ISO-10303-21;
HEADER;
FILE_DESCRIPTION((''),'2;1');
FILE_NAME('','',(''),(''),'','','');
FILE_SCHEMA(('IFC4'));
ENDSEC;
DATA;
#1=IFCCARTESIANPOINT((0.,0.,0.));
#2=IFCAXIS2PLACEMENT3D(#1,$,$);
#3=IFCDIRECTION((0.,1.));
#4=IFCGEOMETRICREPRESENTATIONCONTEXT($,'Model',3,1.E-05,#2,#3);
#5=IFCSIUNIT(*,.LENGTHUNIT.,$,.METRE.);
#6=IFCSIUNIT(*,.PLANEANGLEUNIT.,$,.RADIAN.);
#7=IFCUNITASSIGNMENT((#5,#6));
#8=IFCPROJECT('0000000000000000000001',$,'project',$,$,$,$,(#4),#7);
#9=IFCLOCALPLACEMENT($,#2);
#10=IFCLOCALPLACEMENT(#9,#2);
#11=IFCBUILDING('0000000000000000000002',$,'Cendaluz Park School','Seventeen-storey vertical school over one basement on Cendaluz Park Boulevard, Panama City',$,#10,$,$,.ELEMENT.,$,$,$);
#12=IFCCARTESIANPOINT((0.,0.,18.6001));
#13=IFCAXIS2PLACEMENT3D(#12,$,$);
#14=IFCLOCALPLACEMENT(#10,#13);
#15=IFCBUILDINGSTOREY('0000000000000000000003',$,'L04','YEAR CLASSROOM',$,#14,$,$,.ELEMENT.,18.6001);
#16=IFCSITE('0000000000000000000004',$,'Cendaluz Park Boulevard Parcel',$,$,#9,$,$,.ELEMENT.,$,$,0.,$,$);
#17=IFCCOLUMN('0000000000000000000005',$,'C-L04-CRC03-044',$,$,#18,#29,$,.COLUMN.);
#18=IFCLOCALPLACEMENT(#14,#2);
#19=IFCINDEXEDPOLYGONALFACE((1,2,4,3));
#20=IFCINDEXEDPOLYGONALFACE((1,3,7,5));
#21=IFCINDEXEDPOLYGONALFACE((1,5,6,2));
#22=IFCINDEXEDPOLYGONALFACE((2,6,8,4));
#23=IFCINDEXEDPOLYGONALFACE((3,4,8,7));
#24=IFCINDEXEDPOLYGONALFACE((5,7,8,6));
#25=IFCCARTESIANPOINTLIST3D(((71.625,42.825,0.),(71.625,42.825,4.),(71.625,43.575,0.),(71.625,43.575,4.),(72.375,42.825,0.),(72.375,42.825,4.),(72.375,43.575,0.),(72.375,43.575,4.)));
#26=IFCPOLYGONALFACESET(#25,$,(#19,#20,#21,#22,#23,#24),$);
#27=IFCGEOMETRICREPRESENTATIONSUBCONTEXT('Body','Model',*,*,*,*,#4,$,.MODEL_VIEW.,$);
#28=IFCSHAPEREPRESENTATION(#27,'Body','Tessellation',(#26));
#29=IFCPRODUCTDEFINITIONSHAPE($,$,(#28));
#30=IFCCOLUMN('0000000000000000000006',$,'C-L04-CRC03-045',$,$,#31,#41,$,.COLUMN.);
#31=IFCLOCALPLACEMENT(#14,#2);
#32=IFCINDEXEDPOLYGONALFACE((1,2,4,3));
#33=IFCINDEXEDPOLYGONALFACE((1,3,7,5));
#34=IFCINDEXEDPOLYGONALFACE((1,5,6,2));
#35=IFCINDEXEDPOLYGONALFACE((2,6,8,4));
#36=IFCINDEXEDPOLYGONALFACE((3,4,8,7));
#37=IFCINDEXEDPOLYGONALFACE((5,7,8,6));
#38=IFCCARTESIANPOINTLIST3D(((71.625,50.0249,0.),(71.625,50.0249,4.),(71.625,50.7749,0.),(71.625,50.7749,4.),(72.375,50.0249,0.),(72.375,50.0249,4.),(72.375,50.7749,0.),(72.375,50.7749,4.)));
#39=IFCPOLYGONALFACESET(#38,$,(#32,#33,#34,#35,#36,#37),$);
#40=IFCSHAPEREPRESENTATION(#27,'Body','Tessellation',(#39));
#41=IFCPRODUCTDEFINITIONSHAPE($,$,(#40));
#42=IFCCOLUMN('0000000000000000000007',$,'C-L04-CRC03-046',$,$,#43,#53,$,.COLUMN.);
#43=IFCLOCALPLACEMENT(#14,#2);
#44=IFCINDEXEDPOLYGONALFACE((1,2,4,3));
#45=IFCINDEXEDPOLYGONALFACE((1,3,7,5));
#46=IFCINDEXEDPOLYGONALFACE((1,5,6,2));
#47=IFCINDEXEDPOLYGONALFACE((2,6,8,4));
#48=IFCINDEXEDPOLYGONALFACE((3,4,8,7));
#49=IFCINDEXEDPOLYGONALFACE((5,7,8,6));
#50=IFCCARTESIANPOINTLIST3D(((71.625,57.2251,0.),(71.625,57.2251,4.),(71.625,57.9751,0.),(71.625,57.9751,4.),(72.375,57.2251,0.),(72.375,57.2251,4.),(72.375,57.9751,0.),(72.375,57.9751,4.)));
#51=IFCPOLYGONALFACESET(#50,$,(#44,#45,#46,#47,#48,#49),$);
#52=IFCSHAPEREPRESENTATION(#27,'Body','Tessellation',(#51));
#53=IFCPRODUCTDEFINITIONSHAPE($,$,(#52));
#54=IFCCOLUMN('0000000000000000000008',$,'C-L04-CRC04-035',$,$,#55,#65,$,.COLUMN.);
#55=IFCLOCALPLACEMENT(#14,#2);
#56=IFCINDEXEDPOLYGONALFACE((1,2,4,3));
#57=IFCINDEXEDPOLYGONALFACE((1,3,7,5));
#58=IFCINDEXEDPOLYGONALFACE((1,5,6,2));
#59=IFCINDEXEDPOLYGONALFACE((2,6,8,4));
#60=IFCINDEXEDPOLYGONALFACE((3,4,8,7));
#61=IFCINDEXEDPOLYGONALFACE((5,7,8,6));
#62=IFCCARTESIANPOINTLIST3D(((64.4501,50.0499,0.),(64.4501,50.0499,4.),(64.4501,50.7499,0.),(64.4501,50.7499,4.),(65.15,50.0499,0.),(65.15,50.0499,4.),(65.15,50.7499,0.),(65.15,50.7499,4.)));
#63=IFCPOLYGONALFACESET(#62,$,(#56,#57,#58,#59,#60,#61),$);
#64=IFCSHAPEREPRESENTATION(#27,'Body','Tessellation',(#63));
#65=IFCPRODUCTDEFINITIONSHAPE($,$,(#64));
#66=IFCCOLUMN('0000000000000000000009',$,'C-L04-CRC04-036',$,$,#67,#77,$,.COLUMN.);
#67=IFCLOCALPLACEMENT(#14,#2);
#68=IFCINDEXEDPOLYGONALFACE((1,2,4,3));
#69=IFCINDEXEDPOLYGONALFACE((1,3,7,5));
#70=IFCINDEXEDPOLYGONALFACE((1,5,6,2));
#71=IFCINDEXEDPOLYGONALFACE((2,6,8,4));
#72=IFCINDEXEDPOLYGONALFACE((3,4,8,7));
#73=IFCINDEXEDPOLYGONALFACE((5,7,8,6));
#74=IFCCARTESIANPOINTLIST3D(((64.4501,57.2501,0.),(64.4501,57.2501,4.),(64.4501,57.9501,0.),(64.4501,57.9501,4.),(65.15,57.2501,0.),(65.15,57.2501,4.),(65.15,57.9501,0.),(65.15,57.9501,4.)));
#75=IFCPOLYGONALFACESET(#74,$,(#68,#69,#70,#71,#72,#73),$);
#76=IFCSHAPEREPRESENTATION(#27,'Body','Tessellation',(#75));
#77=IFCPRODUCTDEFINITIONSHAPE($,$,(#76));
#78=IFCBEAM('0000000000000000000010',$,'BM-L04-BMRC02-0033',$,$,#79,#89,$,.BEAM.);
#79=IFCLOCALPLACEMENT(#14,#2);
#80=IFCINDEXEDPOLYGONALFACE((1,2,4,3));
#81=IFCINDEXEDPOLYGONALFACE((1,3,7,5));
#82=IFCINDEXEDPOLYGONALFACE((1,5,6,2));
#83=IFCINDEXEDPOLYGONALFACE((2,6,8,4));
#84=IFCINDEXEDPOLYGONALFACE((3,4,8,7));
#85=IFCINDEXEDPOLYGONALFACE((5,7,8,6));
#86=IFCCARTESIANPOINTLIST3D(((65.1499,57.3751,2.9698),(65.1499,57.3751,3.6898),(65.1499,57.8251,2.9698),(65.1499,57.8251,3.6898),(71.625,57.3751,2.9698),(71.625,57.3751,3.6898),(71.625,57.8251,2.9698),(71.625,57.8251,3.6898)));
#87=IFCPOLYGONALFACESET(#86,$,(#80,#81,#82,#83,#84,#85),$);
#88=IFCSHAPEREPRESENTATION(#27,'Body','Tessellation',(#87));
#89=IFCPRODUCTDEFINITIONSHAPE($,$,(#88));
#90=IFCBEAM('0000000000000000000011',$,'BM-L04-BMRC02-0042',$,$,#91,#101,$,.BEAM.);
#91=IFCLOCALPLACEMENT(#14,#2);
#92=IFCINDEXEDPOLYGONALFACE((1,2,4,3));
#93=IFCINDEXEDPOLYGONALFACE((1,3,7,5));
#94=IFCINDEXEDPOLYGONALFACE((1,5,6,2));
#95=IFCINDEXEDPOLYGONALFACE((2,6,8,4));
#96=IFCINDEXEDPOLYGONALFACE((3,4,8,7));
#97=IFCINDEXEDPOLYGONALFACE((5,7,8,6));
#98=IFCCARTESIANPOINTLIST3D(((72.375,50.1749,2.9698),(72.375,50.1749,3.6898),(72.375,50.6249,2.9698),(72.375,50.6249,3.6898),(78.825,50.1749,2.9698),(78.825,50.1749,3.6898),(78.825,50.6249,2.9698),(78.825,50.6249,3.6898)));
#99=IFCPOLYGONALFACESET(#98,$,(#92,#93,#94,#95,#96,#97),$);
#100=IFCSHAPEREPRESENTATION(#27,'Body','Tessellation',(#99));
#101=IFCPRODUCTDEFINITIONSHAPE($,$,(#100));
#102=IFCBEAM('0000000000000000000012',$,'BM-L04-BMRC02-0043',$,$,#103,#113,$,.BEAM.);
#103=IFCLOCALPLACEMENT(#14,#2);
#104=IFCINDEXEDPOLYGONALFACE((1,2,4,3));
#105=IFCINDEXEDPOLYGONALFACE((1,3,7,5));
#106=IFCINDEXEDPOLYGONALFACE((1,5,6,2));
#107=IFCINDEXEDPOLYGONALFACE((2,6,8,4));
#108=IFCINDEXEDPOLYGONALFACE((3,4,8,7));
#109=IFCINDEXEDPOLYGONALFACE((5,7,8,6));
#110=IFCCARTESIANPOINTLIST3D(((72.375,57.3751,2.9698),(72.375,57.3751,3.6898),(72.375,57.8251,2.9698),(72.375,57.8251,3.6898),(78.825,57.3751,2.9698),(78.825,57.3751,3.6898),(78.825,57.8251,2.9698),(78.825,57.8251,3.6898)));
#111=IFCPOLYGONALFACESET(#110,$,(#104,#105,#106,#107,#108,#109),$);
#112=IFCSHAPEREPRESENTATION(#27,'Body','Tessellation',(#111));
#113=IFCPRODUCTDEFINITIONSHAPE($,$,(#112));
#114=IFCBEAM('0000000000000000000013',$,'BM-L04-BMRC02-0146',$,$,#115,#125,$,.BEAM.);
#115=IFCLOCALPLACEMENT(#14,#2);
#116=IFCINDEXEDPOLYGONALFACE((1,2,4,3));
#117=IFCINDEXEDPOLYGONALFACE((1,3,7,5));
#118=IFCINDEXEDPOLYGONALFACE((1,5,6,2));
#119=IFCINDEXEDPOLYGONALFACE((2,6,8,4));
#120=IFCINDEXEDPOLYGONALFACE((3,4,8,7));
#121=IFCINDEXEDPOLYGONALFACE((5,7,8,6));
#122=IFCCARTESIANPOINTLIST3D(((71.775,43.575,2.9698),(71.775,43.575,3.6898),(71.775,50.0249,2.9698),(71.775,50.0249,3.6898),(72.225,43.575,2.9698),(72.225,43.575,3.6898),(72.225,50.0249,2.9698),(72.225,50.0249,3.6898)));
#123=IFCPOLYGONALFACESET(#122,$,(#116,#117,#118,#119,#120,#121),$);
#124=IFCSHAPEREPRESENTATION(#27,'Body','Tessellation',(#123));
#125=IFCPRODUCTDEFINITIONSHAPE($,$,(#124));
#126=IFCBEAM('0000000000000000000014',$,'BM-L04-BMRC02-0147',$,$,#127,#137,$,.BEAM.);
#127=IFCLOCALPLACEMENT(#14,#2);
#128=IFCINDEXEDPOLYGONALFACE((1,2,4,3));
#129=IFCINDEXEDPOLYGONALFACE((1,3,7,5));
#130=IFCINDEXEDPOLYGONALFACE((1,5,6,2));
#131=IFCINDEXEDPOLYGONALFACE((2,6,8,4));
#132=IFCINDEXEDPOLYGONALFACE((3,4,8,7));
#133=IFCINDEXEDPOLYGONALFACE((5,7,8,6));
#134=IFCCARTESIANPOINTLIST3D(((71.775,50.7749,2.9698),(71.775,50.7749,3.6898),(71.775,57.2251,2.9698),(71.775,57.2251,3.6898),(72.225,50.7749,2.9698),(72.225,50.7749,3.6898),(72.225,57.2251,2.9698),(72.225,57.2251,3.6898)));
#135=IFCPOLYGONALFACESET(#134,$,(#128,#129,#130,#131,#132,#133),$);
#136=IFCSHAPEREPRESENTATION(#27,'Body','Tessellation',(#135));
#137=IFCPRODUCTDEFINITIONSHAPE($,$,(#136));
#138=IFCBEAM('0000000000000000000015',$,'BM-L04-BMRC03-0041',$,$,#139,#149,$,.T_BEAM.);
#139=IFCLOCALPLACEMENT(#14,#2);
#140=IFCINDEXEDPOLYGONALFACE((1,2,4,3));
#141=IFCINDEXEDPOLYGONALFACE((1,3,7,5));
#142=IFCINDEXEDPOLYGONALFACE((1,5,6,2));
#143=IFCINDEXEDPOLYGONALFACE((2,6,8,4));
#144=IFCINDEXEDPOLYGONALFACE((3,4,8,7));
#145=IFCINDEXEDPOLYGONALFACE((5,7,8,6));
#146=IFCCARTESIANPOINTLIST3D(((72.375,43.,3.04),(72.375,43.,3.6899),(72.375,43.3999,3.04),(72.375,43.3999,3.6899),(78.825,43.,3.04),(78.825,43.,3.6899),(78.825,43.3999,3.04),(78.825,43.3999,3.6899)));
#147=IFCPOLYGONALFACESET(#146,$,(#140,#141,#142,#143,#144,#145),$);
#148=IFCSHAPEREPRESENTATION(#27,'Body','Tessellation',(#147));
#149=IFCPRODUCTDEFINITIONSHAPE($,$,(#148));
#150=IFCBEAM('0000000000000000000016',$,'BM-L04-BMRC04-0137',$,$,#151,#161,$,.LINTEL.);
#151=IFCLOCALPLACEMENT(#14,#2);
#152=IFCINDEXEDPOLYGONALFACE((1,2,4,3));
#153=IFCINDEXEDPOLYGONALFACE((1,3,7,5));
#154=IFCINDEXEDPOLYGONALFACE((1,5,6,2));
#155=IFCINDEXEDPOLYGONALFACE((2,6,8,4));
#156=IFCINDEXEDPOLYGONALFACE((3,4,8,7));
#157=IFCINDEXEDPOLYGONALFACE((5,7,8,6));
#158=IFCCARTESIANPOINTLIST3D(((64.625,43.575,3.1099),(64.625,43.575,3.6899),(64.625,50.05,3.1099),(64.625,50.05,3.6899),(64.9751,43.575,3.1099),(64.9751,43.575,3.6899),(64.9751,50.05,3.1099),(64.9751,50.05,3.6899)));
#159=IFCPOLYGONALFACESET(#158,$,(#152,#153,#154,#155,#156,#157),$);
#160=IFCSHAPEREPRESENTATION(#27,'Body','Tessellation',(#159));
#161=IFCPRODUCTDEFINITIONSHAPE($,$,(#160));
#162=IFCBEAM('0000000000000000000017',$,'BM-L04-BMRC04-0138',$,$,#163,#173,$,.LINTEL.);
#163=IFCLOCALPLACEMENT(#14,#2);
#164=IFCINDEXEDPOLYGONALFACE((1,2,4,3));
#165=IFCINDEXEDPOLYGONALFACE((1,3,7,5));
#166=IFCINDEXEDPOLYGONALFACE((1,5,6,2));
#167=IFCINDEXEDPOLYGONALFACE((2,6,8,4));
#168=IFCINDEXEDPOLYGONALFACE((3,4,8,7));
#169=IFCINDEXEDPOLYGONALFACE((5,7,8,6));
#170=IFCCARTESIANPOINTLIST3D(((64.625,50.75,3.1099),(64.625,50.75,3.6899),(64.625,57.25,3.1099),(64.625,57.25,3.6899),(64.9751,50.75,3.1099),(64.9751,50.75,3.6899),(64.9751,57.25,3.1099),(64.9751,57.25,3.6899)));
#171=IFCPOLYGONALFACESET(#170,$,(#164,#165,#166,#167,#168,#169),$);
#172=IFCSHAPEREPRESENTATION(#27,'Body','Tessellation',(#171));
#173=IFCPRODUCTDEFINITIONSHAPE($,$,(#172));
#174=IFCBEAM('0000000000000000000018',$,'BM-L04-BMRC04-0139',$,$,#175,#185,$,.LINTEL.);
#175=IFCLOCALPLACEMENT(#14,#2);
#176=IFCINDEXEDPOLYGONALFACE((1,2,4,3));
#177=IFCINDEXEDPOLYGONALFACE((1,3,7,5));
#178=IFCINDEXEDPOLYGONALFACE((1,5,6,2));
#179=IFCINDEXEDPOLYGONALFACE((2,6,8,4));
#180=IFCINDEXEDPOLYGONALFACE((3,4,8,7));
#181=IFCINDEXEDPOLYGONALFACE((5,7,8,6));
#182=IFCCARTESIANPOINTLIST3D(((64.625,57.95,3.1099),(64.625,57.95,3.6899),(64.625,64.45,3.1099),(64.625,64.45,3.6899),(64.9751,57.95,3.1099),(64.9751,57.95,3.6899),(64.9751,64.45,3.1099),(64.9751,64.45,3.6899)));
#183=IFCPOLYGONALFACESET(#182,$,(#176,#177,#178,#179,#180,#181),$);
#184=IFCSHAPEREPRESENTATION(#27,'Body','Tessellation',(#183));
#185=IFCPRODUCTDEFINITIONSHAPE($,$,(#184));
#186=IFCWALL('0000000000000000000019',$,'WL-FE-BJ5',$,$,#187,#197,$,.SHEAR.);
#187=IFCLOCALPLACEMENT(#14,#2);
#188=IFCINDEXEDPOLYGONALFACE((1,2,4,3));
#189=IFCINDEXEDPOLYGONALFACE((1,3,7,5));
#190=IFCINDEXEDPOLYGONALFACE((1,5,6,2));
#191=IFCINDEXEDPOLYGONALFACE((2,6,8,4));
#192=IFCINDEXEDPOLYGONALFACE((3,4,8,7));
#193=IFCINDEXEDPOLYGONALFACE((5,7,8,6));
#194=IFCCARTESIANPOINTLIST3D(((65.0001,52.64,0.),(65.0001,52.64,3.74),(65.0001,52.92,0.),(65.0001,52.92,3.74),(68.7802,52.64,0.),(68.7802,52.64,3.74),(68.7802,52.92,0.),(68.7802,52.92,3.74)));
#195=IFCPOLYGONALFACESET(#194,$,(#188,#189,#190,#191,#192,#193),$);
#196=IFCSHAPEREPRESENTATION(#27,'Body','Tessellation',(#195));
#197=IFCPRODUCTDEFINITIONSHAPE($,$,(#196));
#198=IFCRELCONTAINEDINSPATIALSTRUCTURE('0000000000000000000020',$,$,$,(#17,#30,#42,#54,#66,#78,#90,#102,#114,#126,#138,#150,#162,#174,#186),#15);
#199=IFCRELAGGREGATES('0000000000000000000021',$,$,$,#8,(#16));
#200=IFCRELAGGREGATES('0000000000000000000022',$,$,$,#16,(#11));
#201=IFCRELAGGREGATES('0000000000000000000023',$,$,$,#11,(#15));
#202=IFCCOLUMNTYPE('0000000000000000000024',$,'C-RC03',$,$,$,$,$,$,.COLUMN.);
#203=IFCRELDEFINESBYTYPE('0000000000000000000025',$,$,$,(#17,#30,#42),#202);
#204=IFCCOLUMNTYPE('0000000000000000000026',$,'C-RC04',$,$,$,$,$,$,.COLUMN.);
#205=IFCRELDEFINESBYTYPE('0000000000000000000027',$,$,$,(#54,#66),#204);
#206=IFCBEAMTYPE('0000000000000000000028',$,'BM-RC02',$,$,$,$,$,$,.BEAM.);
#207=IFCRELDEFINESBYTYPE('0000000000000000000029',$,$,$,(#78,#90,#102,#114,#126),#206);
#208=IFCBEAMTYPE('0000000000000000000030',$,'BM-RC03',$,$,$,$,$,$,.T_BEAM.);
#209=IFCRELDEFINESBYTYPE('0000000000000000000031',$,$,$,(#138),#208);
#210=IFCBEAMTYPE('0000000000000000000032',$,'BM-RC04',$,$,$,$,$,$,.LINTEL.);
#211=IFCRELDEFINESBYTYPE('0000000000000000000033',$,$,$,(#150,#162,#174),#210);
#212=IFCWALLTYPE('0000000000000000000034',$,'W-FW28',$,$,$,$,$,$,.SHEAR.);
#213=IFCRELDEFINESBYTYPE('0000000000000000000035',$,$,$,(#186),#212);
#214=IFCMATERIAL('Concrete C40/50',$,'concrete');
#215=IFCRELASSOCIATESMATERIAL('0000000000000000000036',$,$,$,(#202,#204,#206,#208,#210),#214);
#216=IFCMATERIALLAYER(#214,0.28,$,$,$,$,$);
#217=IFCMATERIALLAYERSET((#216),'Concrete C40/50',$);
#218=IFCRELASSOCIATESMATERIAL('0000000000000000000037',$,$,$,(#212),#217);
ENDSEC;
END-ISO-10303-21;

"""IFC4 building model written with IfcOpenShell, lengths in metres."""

from ifc_helpers import new_model, si_unit, direction, frame, frame_2d, origin, origin_2d, place, context, subcontext, project, spatial, rectangle, extrude, material, layer, layer_set, material_profile, profile_set, type_object, element, save


model = new_model("IFC4")

# Units and contexts
model_context = context("Model", 3, precision=1e-05, world=origin(), true_north=direction((0.0, 1.0)))
body_context = subcontext(model_context, "Body", "Model", "MODEL_VIEW")
ifc_project = project(units=[si_unit("LENGTHUNIT", "METRE"), si_unit("PLANEANGLEUNIT", "RADIAN")], contexts=[model_context])

# Site, building, storey
site_placement = place(None, origin())
site = spatial("IfcSite", under=ifc_project, at=site_placement, Name="Cendaluz Park Boulevard Parcel", CompositionType="ELEMENT", RefElevation=0.0)
building_placement = place(site_placement, origin())
building = spatial("IfcBuilding", under=site, at=building_placement, Name="Cendaluz Park School", Description="Seventeen-storey vertical school over one basement on Cendaluz Park Boulevard, Panama City", CompositionType="ELEMENT")
storey_placement = place(building_placement, frame((0.0, 0.0, 18.6001)))
storey = spatial("IfcBuildingStorey", under=building, at=storey_placement, Name="L04", Description="YEAR CLASSROOM", CompositionType="ELEMENT", Elevation=18.6001)

# Columns
ifc_material_1 = material(Name="Concrete C40/50", Category="concrete")
ifc_material_profile_1 = material_profile(ifc_material_1, rectangle(XDim=0.75, YDim=0.75, at=origin_2d()), Name="RC 750x750", Category="concrete")
ifc_profile_set_1 = profile_set([ifc_material_profile_1], Name="Concrete C40/50")
column_type_1 = type_object("IfcColumnType", Name="C-RC03", PredefinedType="COLUMN", material=ifc_profile_set_1)
for number, where, z_axis, x_axis, name in (
    (1, (72.0, 43.2, 0.0), (0.0, 0.0, 1.0), (1.0, 0.0, 0.0), "C-L04-CRC03-044"),
    (2, (72.0, 50.3999, 0.0), (0.0, 0.0, 1.0), (1.0, 0.0, 0.0), "C-L04-CRC03-045"),
    (3, (72.0, 57.6001, 0.0), (0.0, 0.0, 1.0), (1.0, 0.0, 0.0), "C-L04-CRC03-046"),
):
    element("IfcColumn", number, at=place(storey_placement, frame(where, z_axis=z_axis, x_axis=x_axis)), inside=storey, type_object=column_type_1, Name=name, PredefinedType="COLUMN", context=body_context, shape_type="SweptSolid", body=[
        extrude(rectangle(XDim=0.75, YDim=0.75, at=origin_2d()), origin(), (0.0, 0.0, 1.0), 4.0),
    ])
ifc_material_profile_2 = material_profile(ifc_material_1, rectangle(XDim=0.7, YDim=0.7, at=origin_2d()), Name="RC 700x700", Category="concrete")
ifc_profile_set_2 = profile_set([ifc_material_profile_2], Name="Concrete C40/50")
column_type_2 = type_object("IfcColumnType", Name="C-RC04", PredefinedType="COLUMN", material=ifc_profile_set_2)
for number, where, z_axis, x_axis, name in (
    (4, (64.8, 50.3999, 0.0), (0.0, 0.0, 1.0), (1.0, 0.0, 0.0), "C-L04-CRC04-035"),
    (5, (64.8, 57.6001, 0.0), (0.0, 0.0, 1.0), (1.0, 0.0, 0.0), "C-L04-CRC04-036"),
):
    element("IfcColumn", number, at=place(storey_placement, frame(where, z_axis=z_axis, x_axis=x_axis)), inside=storey, type_object=column_type_2, Name=name, PredefinedType="COLUMN", context=body_context, shape_type="SweptSolid", body=[
        extrude(rectangle(XDim=0.7, YDim=0.7, at=origin_2d()), origin(), (0.0, 0.0, 1.0), 4.0),
    ])

# Beams
ifc_material_profile_3 = material_profile(ifc_material_1, rectangle(XDim=0.45, YDim=0.72, at=origin_2d()), Name="RC 450x720", Category="concrete")
ifc_profile_set_3 = profile_set([ifc_material_profile_3], Name="Concrete C40/50")
beam_type_1 = type_object("IfcBeamType", Name="BM-RC02", PredefinedType="BEAM", material=ifc_profile_set_3)
beam_1_placement = place(storey_placement, frame((65.1499, 57.6001, 3.3298), z_axis=(1.0, 0.0, 0.0), x_axis=(0.0, 1.0, 0.0)))
element("IfcBeam", 6, at=beam_1_placement, inside=storey, type_object=beam_type_1, Name="BM-L04-BMRC02-0033", PredefinedType="BEAM", context=body_context, shape_type="SweptSolid", body=[
    extrude(rectangle(XDim=0.45, YDim=0.72, at=origin_2d()), origin(), (0.0, 0.0, 1.0), 6.4751),
])
for number, where, z_axis, x_axis, name in (
    (7, (72.375, 50.3999, 3.3298), (1.0, 0.0, 0.0), (0.0, 1.0, 0.0), "BM-L04-BMRC02-0042"),
    (8, (72.375, 57.6001, 3.3298), (1.0, 0.0, 0.0), (0.0, 1.0, 0.0), "BM-L04-BMRC02-0043"),
    (9, (72.0, 43.575, 3.3298), (0.0, 1.0, 0.0), (-1.0, 0.0, 0.0), "BM-L04-BMRC02-0146"),
):
    element("IfcBeam", number, at=place(storey_placement, frame(where, z_axis=z_axis, x_axis=x_axis)), inside=storey, type_object=beam_type_1, Name=name, PredefinedType="BEAM", context=body_context, shape_type="SweptSolid", body=[
        extrude(rectangle(XDim=0.45, YDim=0.72, at=origin_2d()), origin(), (0.0, 0.0, 1.0), 6.45),
    ])
beam_2_placement = place(storey_placement, frame((72.0, 50.7749, 3.3298), z_axis=(0.0, 1.0, 0.0), x_axis=(-1.0, 0.0, 0.0)))
element("IfcBeam", 10, at=beam_2_placement, inside=storey, type_object=beam_type_1, Name="BM-L04-BMRC02-0147", PredefinedType="BEAM", context=body_context, shape_type="SweptSolid", body=[
    extrude(rectangle(XDim=0.45, YDim=0.72, at=origin_2d()), origin(), (0.0, 0.0, 1.0), 6.4502),
])
ifc_material_profile_4 = material_profile(ifc_material_1, rectangle(XDim=0.3999, YDim=0.6499, at=origin_2d()), Name="RC 400x650", Category="concrete")
ifc_profile_set_4 = profile_set([ifc_material_profile_4], Name="Concrete C40/50")
beam_type_2 = type_object("IfcBeamType", Name="BM-RC03", PredefinedType="T_BEAM", material=ifc_profile_set_4)
beam_3_placement = place(storey_placement, frame((72.375, 43.2, 3.365), z_axis=(1.0, 0.0, 0.0), x_axis=(0.0, 1.0, 0.0)))
element("IfcBeam", 11, at=beam_3_placement, inside=storey, type_object=beam_type_2, Name="BM-L04-BMRC03-0041", PredefinedType="T_BEAM", context=body_context, shape_type="SweptSolid", body=[
    extrude(rectangle(XDim=0.3999, YDim=0.6499, at=origin_2d()), origin(), (0.0, 0.0, 1.0), 6.45),
])
ifc_material_profile_5 = material_profile(ifc_material_1, rectangle(XDim=0.3501, YDim=0.5801, at=origin_2d()), Name="RC 350x580", Category="concrete")
ifc_profile_set_5 = profile_set([ifc_material_profile_5], Name="Concrete C40/50")
beam_type_3 = type_object("IfcBeamType", Name="BM-RC04", PredefinedType="LINTEL", material=ifc_profile_set_5)
beam_4_placement = place(storey_placement, frame((64.8, 43.575, 3.3999), z_axis=(0.0, 1.0, 0.0), x_axis=(-1.0, 0.0, 0.0)))
element("IfcBeam", 12, at=beam_4_placement, inside=storey, type_object=beam_type_3, Name="BM-L04-BMRC04-0137", PredefinedType="LINTEL", context=body_context, shape_type="SweptSolid", body=[
    extrude(rectangle(XDim=0.3501, YDim=0.5801, at=origin_2d()), origin(), (0.0, 0.0, 1.0), 6.4751),
])
for number, where, z_axis, x_axis, name in (
    (13, (64.8, 50.75, 3.3999), (0.0, 1.0, 0.0), (-1.0, 0.0, 0.0), "BM-L04-BMRC04-0138"),
    (14, (64.8, 57.95, 3.3999), (0.0, 1.0, 0.0), (-1.0, 0.0, 0.0), "BM-L04-BMRC04-0139"),
):
    element("IfcBeam", number, at=place(storey_placement, frame(where, z_axis=z_axis, x_axis=x_axis)), inside=storey, type_object=beam_type_3, Name=name, PredefinedType="LINTEL", context=body_context, shape_type="SweptSolid", body=[
        extrude(rectangle(XDim=0.3501, YDim=0.5801, at=origin_2d()), origin(), (0.0, 0.0, 1.0), 6.5),
    ])

# Shared definitions
ifc_layer_1 = layer(ifc_material_1, 0.28)
ifc_layer_set_1 = layer_set([ifc_layer_1], Name="Concrete C40/50")
wall_type_1 = type_object("IfcWallType", Name="W-FW28", PredefinedType="SHEAR", material=ifc_layer_set_1)

# Wall
wall_1_placement = place(storey_placement, frame((65.0, 52.78, 0.0), z_axis=(0.0, 0.0, 1.0), x_axis=(1.0, 0.0, 0.0)))
element("IfcWall", 15, at=wall_1_placement, inside=storey, type_object=wall_type_1, Name="WL-FE-BJ5", PredefinedType="SHEAR", context=body_context, shape_type="SweptSolid", body=[
    extrude(rectangle(XDim=3.78, YDim=0.28, at=frame_2d((1.8901, 0.0))), origin(), (0.0, 0.0, 1.0), 3.74),
])

save(model, "model.ifc")
